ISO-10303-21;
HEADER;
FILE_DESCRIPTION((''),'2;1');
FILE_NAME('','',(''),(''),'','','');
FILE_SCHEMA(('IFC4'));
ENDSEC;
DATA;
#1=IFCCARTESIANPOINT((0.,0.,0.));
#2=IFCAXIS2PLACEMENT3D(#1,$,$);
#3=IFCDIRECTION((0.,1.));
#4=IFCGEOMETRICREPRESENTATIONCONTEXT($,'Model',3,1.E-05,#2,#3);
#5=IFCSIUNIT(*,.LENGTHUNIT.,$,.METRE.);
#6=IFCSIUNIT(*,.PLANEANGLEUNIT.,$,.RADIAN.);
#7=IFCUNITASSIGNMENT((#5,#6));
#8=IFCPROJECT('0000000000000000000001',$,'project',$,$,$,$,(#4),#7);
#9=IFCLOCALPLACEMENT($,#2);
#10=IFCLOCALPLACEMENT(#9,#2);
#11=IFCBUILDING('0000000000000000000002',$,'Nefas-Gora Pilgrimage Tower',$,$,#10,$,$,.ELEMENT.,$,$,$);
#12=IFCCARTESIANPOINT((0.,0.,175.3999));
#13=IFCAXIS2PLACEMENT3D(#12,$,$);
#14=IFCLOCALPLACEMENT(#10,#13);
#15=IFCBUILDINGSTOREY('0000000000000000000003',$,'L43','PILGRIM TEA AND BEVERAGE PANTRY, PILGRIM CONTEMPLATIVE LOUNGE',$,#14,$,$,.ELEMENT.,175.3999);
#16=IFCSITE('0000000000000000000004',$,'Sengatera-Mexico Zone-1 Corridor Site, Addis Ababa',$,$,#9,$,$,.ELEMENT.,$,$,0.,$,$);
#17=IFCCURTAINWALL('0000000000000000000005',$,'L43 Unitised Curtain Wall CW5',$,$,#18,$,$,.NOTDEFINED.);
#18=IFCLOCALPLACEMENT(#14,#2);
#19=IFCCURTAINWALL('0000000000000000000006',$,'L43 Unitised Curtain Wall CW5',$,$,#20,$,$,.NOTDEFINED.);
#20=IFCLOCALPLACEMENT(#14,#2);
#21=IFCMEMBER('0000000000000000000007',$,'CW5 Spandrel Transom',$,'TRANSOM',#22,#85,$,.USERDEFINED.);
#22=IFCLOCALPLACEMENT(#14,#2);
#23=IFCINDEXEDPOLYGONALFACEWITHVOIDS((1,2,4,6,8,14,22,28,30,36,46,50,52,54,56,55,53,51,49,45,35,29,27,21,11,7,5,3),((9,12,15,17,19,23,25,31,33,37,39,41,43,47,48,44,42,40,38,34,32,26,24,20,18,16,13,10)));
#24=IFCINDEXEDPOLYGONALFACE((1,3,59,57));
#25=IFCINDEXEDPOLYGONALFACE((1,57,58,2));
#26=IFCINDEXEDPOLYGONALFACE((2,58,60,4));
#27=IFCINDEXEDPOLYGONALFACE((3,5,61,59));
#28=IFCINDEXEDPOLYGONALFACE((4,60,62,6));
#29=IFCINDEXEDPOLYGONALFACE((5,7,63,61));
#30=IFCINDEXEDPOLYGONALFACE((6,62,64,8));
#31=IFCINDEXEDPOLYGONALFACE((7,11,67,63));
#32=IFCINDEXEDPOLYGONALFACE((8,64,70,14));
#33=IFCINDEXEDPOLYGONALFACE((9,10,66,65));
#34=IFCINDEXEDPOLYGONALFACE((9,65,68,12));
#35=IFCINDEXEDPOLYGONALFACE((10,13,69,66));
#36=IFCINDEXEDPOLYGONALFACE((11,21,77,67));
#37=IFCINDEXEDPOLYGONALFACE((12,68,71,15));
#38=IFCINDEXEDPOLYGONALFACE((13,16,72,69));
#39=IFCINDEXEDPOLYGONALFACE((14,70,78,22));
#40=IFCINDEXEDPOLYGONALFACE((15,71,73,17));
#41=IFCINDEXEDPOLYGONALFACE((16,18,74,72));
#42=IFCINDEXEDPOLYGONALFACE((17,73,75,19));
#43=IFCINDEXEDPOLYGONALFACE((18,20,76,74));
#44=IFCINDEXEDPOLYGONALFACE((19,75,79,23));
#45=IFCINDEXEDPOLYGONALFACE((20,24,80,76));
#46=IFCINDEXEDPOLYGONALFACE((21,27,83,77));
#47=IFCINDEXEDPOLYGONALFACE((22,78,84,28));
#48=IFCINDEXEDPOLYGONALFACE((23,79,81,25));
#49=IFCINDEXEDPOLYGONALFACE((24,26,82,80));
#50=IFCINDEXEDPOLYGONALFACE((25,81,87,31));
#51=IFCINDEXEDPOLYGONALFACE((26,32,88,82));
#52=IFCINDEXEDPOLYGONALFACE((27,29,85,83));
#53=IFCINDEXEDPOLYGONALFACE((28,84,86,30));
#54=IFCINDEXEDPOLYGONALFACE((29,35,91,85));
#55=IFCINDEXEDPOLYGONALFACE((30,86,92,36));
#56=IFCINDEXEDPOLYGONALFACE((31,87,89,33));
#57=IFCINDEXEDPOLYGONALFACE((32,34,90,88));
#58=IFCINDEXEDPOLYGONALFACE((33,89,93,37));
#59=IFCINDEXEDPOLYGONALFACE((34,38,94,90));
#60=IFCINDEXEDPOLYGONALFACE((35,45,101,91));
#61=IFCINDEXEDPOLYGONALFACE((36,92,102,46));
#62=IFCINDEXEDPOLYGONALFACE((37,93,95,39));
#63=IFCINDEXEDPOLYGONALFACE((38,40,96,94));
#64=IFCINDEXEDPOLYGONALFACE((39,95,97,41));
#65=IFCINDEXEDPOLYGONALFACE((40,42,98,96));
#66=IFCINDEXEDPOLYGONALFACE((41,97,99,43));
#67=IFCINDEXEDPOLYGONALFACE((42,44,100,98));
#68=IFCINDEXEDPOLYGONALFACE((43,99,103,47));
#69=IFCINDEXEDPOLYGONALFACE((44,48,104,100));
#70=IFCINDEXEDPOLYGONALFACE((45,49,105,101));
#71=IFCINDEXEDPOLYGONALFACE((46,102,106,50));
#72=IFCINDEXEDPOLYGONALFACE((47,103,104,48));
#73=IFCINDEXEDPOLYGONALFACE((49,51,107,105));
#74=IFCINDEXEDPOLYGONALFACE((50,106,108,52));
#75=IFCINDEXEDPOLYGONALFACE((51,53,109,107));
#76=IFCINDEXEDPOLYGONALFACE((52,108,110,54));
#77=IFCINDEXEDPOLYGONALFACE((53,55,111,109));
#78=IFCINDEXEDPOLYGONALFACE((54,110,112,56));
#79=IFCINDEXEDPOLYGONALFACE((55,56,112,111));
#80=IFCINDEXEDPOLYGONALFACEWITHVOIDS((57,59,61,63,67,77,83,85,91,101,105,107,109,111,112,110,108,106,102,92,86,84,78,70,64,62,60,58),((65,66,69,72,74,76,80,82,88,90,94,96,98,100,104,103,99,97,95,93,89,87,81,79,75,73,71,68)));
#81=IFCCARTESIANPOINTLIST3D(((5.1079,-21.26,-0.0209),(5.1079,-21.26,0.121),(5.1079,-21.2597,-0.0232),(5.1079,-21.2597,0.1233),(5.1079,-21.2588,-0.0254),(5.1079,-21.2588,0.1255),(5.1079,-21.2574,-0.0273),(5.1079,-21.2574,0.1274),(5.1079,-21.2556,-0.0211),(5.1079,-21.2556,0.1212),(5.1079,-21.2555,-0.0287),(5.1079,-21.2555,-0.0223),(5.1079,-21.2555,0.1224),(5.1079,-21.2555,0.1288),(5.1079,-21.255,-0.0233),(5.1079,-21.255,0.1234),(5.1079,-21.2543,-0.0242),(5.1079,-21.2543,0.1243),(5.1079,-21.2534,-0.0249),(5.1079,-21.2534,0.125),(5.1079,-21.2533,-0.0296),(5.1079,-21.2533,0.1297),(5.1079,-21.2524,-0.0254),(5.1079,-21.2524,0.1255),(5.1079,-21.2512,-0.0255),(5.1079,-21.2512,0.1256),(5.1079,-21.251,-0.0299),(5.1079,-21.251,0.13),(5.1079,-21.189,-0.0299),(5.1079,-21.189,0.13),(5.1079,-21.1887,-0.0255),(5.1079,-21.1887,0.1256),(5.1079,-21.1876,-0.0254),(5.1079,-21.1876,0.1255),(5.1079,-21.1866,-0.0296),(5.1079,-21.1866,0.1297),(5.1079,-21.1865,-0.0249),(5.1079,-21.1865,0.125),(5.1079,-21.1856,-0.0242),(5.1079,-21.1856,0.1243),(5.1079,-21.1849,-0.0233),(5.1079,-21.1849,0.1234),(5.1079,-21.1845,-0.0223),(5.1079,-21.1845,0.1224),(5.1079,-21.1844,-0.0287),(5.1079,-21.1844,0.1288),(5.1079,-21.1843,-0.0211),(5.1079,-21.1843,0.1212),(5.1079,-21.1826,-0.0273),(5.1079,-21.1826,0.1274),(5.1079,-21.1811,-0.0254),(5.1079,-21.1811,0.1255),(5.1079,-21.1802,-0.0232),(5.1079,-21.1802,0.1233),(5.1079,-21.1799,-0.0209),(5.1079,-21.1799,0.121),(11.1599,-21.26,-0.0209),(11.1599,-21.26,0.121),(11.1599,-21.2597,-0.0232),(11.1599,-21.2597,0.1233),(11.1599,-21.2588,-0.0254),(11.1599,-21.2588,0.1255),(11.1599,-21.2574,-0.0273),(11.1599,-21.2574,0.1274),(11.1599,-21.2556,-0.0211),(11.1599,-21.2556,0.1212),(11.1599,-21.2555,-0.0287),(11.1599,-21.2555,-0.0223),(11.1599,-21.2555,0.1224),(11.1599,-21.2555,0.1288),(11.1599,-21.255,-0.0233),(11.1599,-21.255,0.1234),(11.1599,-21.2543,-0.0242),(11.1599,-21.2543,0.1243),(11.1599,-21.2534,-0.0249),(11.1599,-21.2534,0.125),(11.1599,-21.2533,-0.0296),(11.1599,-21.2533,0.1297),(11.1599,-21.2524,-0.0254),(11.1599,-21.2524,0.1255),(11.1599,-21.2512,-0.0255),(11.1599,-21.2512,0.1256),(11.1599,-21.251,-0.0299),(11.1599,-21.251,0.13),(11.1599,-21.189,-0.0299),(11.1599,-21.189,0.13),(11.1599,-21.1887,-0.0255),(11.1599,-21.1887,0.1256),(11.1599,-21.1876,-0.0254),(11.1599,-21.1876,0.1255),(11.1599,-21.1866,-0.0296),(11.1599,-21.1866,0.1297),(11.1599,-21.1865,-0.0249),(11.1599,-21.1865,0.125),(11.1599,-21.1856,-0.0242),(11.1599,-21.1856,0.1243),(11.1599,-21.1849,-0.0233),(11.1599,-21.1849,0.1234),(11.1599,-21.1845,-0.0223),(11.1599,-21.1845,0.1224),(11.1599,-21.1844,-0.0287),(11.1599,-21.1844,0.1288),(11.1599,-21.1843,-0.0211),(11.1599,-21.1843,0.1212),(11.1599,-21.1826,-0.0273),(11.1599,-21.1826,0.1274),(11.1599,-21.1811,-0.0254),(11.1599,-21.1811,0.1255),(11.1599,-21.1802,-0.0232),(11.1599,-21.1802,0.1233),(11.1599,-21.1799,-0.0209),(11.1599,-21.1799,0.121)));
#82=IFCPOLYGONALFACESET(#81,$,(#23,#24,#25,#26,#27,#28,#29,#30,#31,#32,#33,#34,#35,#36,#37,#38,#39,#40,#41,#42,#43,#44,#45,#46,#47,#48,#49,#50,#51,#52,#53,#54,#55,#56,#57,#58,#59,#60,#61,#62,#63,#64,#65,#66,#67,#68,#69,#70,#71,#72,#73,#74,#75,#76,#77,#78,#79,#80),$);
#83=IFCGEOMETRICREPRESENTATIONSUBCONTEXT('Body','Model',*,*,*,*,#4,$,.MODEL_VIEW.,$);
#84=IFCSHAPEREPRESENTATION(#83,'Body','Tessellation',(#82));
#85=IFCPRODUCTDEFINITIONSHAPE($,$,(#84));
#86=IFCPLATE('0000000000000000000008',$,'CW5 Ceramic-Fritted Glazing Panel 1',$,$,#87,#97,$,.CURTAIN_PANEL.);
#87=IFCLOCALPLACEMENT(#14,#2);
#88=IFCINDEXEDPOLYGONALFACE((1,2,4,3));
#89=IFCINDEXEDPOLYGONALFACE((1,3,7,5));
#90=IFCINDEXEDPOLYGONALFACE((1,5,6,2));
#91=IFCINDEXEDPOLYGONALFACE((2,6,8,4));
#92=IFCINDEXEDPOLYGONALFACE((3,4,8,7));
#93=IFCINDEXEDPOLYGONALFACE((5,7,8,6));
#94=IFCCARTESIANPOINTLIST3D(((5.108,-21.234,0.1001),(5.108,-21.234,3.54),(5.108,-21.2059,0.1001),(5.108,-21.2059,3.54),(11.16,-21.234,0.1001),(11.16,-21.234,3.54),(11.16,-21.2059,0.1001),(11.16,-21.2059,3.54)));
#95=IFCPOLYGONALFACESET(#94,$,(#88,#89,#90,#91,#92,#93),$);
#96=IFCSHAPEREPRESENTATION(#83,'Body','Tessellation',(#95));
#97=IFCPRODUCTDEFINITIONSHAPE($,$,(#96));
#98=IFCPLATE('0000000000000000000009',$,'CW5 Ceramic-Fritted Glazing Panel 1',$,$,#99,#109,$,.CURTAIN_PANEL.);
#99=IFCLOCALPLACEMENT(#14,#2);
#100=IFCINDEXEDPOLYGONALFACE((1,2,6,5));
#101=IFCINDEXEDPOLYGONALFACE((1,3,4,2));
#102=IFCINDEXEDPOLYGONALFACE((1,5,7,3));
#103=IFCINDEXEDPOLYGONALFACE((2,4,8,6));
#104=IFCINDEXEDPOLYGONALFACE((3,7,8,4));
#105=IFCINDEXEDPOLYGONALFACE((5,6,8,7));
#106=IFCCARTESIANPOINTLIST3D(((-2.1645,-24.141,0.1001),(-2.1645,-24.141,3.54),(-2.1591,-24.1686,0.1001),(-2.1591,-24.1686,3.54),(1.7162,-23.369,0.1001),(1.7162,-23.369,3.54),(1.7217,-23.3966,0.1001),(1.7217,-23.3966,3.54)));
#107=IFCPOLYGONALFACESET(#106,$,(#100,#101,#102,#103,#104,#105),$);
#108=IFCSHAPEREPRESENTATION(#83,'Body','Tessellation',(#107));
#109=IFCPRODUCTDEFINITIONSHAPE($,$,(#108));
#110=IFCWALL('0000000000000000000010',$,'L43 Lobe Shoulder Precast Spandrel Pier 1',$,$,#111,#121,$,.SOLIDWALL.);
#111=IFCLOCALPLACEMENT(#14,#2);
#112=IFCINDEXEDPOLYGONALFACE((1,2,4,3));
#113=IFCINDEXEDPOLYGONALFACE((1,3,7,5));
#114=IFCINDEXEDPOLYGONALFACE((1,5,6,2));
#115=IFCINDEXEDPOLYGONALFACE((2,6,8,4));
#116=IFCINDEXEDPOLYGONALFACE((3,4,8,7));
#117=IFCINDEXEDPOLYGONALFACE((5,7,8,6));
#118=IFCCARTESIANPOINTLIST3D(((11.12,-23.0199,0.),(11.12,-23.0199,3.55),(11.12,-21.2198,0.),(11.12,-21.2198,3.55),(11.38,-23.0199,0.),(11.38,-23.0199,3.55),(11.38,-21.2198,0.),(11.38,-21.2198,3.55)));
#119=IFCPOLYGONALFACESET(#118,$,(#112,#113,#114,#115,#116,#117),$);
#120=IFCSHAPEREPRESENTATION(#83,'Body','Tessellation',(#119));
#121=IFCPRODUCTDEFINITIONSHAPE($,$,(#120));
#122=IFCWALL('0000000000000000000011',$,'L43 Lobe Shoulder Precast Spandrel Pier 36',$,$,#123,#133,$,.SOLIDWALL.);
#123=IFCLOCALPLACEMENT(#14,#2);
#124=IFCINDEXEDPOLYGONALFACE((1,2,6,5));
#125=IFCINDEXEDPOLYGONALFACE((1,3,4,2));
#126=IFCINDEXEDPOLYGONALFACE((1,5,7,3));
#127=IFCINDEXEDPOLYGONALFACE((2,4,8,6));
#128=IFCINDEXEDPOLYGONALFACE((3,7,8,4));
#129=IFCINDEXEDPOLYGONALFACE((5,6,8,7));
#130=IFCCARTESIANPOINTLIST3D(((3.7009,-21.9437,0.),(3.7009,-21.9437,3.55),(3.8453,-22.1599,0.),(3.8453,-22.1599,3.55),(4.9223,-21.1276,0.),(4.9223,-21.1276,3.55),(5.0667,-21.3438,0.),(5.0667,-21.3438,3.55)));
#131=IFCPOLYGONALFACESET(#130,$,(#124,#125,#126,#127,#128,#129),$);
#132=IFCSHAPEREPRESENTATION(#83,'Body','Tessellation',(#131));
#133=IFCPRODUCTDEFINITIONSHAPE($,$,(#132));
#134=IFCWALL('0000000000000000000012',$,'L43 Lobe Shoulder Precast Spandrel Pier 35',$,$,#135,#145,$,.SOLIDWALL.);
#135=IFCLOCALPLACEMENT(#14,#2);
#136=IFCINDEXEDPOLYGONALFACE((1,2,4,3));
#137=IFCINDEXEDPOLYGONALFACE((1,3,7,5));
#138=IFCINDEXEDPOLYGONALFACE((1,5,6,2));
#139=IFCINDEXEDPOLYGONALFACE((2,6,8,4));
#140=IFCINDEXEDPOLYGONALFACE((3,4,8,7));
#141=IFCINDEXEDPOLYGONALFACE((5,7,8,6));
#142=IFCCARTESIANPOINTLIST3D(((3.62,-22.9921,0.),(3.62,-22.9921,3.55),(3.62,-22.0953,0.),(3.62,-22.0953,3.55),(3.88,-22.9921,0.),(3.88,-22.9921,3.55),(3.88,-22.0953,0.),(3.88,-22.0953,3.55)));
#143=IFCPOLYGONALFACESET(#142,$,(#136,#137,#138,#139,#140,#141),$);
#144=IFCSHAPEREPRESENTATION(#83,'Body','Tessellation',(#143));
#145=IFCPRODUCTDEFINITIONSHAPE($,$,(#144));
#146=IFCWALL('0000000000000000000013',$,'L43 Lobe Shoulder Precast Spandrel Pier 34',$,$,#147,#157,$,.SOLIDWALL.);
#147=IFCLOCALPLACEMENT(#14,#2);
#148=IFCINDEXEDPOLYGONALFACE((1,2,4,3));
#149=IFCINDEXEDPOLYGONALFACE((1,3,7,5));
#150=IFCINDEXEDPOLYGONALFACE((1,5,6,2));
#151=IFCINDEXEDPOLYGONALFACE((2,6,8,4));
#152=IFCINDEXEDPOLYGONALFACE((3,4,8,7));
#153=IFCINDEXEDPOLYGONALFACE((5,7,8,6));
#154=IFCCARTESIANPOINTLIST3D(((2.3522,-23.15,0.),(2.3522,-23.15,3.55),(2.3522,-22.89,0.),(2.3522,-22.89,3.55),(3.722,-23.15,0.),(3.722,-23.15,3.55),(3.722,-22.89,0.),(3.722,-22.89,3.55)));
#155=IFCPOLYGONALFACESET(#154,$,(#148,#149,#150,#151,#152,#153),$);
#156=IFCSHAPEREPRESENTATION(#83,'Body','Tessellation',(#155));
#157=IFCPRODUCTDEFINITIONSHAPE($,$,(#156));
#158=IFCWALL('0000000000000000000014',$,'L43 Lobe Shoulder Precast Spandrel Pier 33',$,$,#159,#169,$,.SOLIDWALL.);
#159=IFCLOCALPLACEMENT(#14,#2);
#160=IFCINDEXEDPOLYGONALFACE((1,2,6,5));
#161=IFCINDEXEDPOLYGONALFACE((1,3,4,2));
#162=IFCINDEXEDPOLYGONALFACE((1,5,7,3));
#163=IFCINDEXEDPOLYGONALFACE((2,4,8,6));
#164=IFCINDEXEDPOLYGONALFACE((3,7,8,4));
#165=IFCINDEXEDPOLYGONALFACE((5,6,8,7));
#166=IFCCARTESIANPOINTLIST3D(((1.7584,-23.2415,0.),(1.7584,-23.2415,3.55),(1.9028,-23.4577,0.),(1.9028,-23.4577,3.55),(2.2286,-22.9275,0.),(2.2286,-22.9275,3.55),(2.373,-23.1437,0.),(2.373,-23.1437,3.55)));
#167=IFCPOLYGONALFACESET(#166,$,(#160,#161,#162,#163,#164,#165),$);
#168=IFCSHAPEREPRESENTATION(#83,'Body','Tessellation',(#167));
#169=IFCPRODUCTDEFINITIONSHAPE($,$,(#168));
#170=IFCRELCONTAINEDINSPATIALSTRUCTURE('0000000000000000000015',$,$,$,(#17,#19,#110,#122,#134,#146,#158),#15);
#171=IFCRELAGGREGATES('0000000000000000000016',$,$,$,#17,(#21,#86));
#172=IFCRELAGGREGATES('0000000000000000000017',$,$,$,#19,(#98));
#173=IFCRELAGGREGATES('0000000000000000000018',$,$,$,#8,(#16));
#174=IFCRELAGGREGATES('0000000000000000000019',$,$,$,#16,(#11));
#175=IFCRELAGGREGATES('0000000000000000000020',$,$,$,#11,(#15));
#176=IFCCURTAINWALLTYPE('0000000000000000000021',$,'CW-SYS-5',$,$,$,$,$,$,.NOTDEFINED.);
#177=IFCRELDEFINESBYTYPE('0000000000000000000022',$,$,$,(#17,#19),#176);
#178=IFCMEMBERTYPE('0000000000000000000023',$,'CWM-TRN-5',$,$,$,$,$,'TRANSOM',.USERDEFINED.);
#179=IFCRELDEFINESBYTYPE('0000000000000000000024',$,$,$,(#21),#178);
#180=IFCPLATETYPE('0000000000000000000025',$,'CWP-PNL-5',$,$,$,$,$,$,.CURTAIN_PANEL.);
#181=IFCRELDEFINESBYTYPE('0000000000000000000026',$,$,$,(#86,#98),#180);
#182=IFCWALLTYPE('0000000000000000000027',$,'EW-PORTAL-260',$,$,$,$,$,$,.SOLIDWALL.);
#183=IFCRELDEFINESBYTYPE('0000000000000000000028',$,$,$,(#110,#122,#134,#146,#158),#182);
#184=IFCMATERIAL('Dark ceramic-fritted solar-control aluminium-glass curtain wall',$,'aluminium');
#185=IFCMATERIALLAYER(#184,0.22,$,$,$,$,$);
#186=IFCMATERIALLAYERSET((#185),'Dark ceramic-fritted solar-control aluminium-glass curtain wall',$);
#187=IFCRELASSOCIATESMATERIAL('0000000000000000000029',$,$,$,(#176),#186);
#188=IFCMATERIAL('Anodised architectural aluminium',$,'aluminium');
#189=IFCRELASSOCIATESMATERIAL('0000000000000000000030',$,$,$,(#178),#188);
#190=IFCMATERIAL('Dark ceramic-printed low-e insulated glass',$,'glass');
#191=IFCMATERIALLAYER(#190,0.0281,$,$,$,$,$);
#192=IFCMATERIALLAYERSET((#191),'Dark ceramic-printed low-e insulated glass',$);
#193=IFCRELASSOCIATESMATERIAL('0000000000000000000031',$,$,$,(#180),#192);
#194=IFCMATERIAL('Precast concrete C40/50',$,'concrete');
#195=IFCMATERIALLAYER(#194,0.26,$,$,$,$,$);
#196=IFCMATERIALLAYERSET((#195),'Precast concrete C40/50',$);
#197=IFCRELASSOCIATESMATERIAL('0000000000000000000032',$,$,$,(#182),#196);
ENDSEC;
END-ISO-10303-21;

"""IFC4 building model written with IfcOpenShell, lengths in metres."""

from ifc_helpers import new_model, si_unit, direction, frame, frame_2d, origin, origin_2d, place, context, subcontext, project, spatial, rectangle, hollow_rectangle, extrude, source, transform, mapped, material, layer, layer_set, material_profile, profile_set, type_object, element, aggregate, save


model = new_model("IFC4")

# Units and contexts
model_context = context("Model", 3, precision=1e-05, world=origin(), true_north=direction((0.0, 1.0)))
body_context = subcontext(model_context, "Body", "Model", "MODEL_VIEW")
ifc_project = project(units=[si_unit("LENGTHUNIT", "METRE"), si_unit("PLANEANGLEUNIT", "RADIAN")], contexts=[model_context])

# Site, building, storey
site_placement = place(None, origin())
site = spatial("IfcSite", under=ifc_project, at=site_placement, Name="Sengatera-Mexico Zone-1 Corridor Site, Addis Ababa", CompositionType="ELEMENT", RefElevation=0.0)
building_placement = place(site_placement, origin())
building = spatial("IfcBuilding", under=site, at=building_placement, Name="Nefas-Gora Pilgrimage Tower", CompositionType="ELEMENT")
storey_placement = place(building_placement, frame((0.0, 0.0, 175.3999)))
storey = spatial("IfcBuildingStorey", under=building, at=storey_placement, Name="L43", Description="PILGRIM TEA AND BEVERAGE PANTRY, PILGRIM CONTEMPLATIVE LOUNGE", CompositionType="ELEMENT", Elevation=175.3999)

# Curtain wall
ifc_material_1 = material(Name="Dark ceramic-fritted solar-control aluminium-glass curtain wall", Category="aluminium")
ifc_layer_1 = layer(ifc_material_1, 0.22)
ifc_layer_set_1 = layer_set([ifc_layer_1], Name="Dark ceramic-fritted solar-control aluminium-glass curtain wall")
curtain_wall_type = type_object("IfcCurtainWallType", Name="CW-SYS-5", PredefinedType="NOTDEFINED", material=ifc_layer_set_1)
curtain_wall_1_placement = place(storey_placement, origin())
curtain_wall_1 = element("IfcCurtainWall", 1, at=curtain_wall_1_placement, inside=storey, type_object=curtain_wall_type, Name="L43 Unitised Curtain Wall CW5", PredefinedType="NOTDEFINED")
ifc_material_2 = material(Name="Anodised architectural aluminium", Category="aluminium")

# Curtain wall
curtain_wall_2_placement = place(storey_placement, origin())
curtain_wall_2 = element("IfcCurtainWall", 2, at=curtain_wall_2_placement, inside=storey, type_object=curtain_wall_type, Name="L43 Unitised Curtain Wall CW5", PredefinedType="NOTDEFINED")

# Member
ifc_material_profile_1 = material_profile(ifc_material_2, hollow_rectangle(XDim=0.0801, YDim=0.1599, WallThickness=0.0044, InnerFilletRadius=0.0044, OuterFilletRadius=0.009, at=origin_2d()), Name="ALU TRANSOM 80x160")
ifc_profile_set_1 = profile_set([ifc_material_profile_1], Name="Anodised architectural aluminium")
member_type_1 = type_object("IfcMemberType", Name="CWM-TRN-5", ElementType="TRANSOM", PredefinedType="USERDEFINED", material=ifc_profile_set_1)
shared_shape_1 = source(origin(), body_context, "Body", "SweptSolid", [
    extrude(hollow_rectangle(XDim=0.0801, YDim=0.1599, WallThickness=0.0044, InnerFilletRadius=0.0044, OuterFilletRadius=0.009, at=origin_2d()), origin(), (0.0, 0.0, 1.0), 6.052),
])
member_1_placement = place(storey_placement, frame((5.1079, -21.22, 0.05), z_axis=(1.0, 0.0, 0.0), x_axis=(0.0, 1.0, 0.0)))
member_1 = element("IfcMember", 3, at=member_1_placement, type_object=member_type_1, Name="CW5 Spandrel Transom", ObjectType="TRANSOM", PredefinedType="USERDEFINED", context=body_context, shape_type="MappedRepresentation", body=[
    mapped(shared_shape_1, transform((0.0, 0.0, 0.0), x_axis=(1.0, 0.0, 0.0), y_axis=(0.0, 1.0, 0.0), z_axis=(0.0, 0.0, 1.0), scale=1.0)),
])

# Plates
ifc_material_3 = material(Name="Dark ceramic-printed low-e insulated glass", Category="glass")
ifc_layer_2 = layer(ifc_material_3, 0.0281)
ifc_layer_set_2 = layer_set([ifc_layer_2], Name="Dark ceramic-printed low-e insulated glass")
plate_type = type_object("IfcPlateType", Name="CWP-PNL-5", PredefinedType="CURTAIN_PANEL", material=ifc_layer_set_2)
shared_shape_2 = source(origin(), body_context, "Body", "SweptSolid", [
    extrude(rectangle(XDim=6.052, YDim=0.0281, at=origin_2d()), origin(), (0.0, 0.0, 1.0), 3.4399),
])
plate_1_placement = place(storey_placement, frame((8.134, -21.22, 0.1001), z_axis=(0.0, 0.0, 1.0), x_axis=(1.0, 0.0, 0.0)))
plate_1 = element("IfcPlate", 4, at=plate_1_placement, type_object=plate_type, Name="CW5 Ceramic-Fritted Glazing Panel 1", PredefinedType="CURTAIN_PANEL", context=body_context, shape_type="MappedRepresentation", body=[
    mapped(shared_shape_2, transform((0.0, 0.0, 0.0), x_axis=(1.0, 0.0, 0.0), y_axis=(0.0, 1.0, 0.0), z_axis=(0.0, 0.0, 1.0), scale=1.0)),
])
aggregate(curtain_wall_1, [member_1, plate_1])
shared_shape_3 = source(origin(), body_context, "Body", "SweptSolid", [
    extrude(rectangle(XDim=3.9568, YDim=0.0281, at=origin_2d()), origin(), (0.0, 0.0, 1.0), 3.4399),
])
plate_2_placement = place(storey_placement, frame((-0.2214, -23.7688, 0.1001), z_axis=(0.0, 0.0, 1.0), x_axis=(0.980783, 0.195102, 0.0)))
plate_2 = element("IfcPlate", 5, at=plate_2_placement, type_object=plate_type, Name="CW5 Ceramic-Fritted Glazing Panel 1", PredefinedType="CURTAIN_PANEL", context=body_context, shape_type="MappedRepresentation", body=[
    mapped(shared_shape_3, transform((0.0, 0.0, 0.0), x_axis=(1.0, 0.0, 0.0), y_axis=(0.0, 1.0, 0.0), z_axis=(0.0, 0.0, 1.0), scale=1.0)),
])
aggregate(curtain_wall_2, [plate_2])

# Walls
ifc_material_4 = material(Name="Precast concrete C40/50", Category="concrete")
ifc_layer_3 = layer(ifc_material_4, 0.26)
ifc_layer_set_3 = layer_set([ifc_layer_3], Name="Precast concrete C40/50")
wall_type_1 = type_object("IfcWallType", Name="EW-PORTAL-260", PredefinedType="SOLIDWALL", material=ifc_layer_set_3)
shared_shape_4 = source(origin(), body_context, "Body", "SweptSolid", [
    extrude(rectangle(XDim=1.8, YDim=0.26, at=frame_2d((0.8999, 0.0))), origin(), (0.0, 0.0, 1.0), 3.55),
])
wall_1_placement = place(storey_placement, frame((11.25, -21.22, 0.0), z_axis=(0.0, 0.0, 1.0), x_axis=(0.0, -1.0, 0.0)))
element("IfcWall", 6, at=wall_1_placement, inside=storey, type_object=wall_type_1, Name="L43 Lobe Shoulder Precast Spandrel Pier 1", PredefinedType="SOLIDWALL", context=body_context, shape_type="MappedRepresentation", body=[
    mapped(shared_shape_4, transform((0.0, 0.0, 0.0), x_axis=(1.0, 0.0, 0.0), y_axis=(0.0, 1.0, 0.0), z_axis=(0.0, 0.0, 1.0), scale=1.0)),
])
shared_shape_5 = source(origin(), body_context, "Body", "SweptSolid", [
    extrude(rectangle(XDim=1.469, YDim=0.26, at=frame_2d((0.7344, 0.0))), origin(), (0.0, 0.0, 1.0), 3.55),
])
wall_2_placement = place(storey_placement, frame((3.7732, -22.0518, 0.0), z_axis=(0.0, 0.0, 1.0), x_axis=(0.831462, 0.555582, 0.0)))
element("IfcWall", 7, at=wall_2_placement, inside=storey, type_object=wall_type_1, Name="L43 Lobe Shoulder Precast Spandrel Pier 36", PredefinedType="SOLIDWALL", context=body_context, shape_type="MappedRepresentation", body=[
    mapped(shared_shape_5, transform((0.0, 0.0, 0.0), x_axis=(1.0, 0.0, 0.0), y_axis=(0.0, 1.0, 0.0), z_axis=(0.0, 0.0, 1.0), scale=1.0)),
])
shared_shape_6 = source(origin(), body_context, "Body", "SweptSolid", [
    extrude(rectangle(XDim=0.8967, YDim=0.26, at=frame_2d((0.4482, 0.0))), origin(), (0.0, 0.0, 1.0), 3.55),
])
wall_3_placement = place(storey_placement, frame((3.75, -22.9919, 0.0), z_axis=(0.0, 0.0, 1.0), x_axis=(0.0, 1.0, 0.0)))
element("IfcWall", 8, at=wall_3_placement, inside=storey, type_object=wall_type_1, Name="L43 Lobe Shoulder Precast Spandrel Pier 35", PredefinedType="SOLIDWALL", context=body_context, shape_type="MappedRepresentation", body=[
    mapped(shared_shape_6, transform((0.0, 0.0, 0.0), x_axis=(1.0, 0.0, 0.0), y_axis=(0.0, 1.0, 0.0), z_axis=(0.0, 0.0, 1.0), scale=1.0)),
])
shared_shape_7 = source(origin(), body_context, "Body", "SweptSolid", [
    extrude(rectangle(XDim=1.3699, YDim=0.26, at=frame_2d((0.6851, 0.0))), origin(), (0.0, 0.0, 1.0), 3.55),
])
wall_4_placement = place(storey_placement, frame((2.3521, -23.02, 0.0), z_axis=(0.0, 0.0, 1.0), x_axis=(1.0, 0.0, 0.0)))
element("IfcWall", 9, at=wall_4_placement, inside=storey, type_object=wall_type_1, Name="L43 Lobe Shoulder Precast Spandrel Pier 34", PredefinedType="SOLIDWALL", context=body_context, shape_type="MappedRepresentation", body=[
    mapped(shared_shape_7, transform((0.0, 0.0, 0.0), x_axis=(1.0, 0.0, 0.0), y_axis=(0.0, 1.0, 0.0), z_axis=(0.0, 0.0, 1.0), scale=1.0)),
])
shared_shape_8 = source(origin(), body_context, "Body", "SweptSolid", [
    extrude(rectangle(XDim=0.5654, YDim=0.26, at=frame_2d((0.2827, 0.0))), origin(), (0.0, 0.0, 1.0), 3.55),
])
wall_5_placement = place(storey_placement, frame((1.8306, -23.3496, 0.0), z_axis=(0.0, 0.0, 1.0), x_axis=(0.831651, 0.555298, 0.0)))
element("IfcWall", 10, at=wall_5_placement, inside=storey, type_object=wall_type_1, Name="L43 Lobe Shoulder Precast Spandrel Pier 33", PredefinedType="SOLIDWALL", context=body_context, shape_type="MappedRepresentation", body=[
    mapped(shared_shape_8, transform((0.0, 0.0, 0.0), x_axis=(1.0, 0.0, 0.0), y_axis=(0.0, 1.0, 0.0), z_axis=(0.0, 0.0, 1.0), scale=1.0)),
])

save(model, "model.ifc")
